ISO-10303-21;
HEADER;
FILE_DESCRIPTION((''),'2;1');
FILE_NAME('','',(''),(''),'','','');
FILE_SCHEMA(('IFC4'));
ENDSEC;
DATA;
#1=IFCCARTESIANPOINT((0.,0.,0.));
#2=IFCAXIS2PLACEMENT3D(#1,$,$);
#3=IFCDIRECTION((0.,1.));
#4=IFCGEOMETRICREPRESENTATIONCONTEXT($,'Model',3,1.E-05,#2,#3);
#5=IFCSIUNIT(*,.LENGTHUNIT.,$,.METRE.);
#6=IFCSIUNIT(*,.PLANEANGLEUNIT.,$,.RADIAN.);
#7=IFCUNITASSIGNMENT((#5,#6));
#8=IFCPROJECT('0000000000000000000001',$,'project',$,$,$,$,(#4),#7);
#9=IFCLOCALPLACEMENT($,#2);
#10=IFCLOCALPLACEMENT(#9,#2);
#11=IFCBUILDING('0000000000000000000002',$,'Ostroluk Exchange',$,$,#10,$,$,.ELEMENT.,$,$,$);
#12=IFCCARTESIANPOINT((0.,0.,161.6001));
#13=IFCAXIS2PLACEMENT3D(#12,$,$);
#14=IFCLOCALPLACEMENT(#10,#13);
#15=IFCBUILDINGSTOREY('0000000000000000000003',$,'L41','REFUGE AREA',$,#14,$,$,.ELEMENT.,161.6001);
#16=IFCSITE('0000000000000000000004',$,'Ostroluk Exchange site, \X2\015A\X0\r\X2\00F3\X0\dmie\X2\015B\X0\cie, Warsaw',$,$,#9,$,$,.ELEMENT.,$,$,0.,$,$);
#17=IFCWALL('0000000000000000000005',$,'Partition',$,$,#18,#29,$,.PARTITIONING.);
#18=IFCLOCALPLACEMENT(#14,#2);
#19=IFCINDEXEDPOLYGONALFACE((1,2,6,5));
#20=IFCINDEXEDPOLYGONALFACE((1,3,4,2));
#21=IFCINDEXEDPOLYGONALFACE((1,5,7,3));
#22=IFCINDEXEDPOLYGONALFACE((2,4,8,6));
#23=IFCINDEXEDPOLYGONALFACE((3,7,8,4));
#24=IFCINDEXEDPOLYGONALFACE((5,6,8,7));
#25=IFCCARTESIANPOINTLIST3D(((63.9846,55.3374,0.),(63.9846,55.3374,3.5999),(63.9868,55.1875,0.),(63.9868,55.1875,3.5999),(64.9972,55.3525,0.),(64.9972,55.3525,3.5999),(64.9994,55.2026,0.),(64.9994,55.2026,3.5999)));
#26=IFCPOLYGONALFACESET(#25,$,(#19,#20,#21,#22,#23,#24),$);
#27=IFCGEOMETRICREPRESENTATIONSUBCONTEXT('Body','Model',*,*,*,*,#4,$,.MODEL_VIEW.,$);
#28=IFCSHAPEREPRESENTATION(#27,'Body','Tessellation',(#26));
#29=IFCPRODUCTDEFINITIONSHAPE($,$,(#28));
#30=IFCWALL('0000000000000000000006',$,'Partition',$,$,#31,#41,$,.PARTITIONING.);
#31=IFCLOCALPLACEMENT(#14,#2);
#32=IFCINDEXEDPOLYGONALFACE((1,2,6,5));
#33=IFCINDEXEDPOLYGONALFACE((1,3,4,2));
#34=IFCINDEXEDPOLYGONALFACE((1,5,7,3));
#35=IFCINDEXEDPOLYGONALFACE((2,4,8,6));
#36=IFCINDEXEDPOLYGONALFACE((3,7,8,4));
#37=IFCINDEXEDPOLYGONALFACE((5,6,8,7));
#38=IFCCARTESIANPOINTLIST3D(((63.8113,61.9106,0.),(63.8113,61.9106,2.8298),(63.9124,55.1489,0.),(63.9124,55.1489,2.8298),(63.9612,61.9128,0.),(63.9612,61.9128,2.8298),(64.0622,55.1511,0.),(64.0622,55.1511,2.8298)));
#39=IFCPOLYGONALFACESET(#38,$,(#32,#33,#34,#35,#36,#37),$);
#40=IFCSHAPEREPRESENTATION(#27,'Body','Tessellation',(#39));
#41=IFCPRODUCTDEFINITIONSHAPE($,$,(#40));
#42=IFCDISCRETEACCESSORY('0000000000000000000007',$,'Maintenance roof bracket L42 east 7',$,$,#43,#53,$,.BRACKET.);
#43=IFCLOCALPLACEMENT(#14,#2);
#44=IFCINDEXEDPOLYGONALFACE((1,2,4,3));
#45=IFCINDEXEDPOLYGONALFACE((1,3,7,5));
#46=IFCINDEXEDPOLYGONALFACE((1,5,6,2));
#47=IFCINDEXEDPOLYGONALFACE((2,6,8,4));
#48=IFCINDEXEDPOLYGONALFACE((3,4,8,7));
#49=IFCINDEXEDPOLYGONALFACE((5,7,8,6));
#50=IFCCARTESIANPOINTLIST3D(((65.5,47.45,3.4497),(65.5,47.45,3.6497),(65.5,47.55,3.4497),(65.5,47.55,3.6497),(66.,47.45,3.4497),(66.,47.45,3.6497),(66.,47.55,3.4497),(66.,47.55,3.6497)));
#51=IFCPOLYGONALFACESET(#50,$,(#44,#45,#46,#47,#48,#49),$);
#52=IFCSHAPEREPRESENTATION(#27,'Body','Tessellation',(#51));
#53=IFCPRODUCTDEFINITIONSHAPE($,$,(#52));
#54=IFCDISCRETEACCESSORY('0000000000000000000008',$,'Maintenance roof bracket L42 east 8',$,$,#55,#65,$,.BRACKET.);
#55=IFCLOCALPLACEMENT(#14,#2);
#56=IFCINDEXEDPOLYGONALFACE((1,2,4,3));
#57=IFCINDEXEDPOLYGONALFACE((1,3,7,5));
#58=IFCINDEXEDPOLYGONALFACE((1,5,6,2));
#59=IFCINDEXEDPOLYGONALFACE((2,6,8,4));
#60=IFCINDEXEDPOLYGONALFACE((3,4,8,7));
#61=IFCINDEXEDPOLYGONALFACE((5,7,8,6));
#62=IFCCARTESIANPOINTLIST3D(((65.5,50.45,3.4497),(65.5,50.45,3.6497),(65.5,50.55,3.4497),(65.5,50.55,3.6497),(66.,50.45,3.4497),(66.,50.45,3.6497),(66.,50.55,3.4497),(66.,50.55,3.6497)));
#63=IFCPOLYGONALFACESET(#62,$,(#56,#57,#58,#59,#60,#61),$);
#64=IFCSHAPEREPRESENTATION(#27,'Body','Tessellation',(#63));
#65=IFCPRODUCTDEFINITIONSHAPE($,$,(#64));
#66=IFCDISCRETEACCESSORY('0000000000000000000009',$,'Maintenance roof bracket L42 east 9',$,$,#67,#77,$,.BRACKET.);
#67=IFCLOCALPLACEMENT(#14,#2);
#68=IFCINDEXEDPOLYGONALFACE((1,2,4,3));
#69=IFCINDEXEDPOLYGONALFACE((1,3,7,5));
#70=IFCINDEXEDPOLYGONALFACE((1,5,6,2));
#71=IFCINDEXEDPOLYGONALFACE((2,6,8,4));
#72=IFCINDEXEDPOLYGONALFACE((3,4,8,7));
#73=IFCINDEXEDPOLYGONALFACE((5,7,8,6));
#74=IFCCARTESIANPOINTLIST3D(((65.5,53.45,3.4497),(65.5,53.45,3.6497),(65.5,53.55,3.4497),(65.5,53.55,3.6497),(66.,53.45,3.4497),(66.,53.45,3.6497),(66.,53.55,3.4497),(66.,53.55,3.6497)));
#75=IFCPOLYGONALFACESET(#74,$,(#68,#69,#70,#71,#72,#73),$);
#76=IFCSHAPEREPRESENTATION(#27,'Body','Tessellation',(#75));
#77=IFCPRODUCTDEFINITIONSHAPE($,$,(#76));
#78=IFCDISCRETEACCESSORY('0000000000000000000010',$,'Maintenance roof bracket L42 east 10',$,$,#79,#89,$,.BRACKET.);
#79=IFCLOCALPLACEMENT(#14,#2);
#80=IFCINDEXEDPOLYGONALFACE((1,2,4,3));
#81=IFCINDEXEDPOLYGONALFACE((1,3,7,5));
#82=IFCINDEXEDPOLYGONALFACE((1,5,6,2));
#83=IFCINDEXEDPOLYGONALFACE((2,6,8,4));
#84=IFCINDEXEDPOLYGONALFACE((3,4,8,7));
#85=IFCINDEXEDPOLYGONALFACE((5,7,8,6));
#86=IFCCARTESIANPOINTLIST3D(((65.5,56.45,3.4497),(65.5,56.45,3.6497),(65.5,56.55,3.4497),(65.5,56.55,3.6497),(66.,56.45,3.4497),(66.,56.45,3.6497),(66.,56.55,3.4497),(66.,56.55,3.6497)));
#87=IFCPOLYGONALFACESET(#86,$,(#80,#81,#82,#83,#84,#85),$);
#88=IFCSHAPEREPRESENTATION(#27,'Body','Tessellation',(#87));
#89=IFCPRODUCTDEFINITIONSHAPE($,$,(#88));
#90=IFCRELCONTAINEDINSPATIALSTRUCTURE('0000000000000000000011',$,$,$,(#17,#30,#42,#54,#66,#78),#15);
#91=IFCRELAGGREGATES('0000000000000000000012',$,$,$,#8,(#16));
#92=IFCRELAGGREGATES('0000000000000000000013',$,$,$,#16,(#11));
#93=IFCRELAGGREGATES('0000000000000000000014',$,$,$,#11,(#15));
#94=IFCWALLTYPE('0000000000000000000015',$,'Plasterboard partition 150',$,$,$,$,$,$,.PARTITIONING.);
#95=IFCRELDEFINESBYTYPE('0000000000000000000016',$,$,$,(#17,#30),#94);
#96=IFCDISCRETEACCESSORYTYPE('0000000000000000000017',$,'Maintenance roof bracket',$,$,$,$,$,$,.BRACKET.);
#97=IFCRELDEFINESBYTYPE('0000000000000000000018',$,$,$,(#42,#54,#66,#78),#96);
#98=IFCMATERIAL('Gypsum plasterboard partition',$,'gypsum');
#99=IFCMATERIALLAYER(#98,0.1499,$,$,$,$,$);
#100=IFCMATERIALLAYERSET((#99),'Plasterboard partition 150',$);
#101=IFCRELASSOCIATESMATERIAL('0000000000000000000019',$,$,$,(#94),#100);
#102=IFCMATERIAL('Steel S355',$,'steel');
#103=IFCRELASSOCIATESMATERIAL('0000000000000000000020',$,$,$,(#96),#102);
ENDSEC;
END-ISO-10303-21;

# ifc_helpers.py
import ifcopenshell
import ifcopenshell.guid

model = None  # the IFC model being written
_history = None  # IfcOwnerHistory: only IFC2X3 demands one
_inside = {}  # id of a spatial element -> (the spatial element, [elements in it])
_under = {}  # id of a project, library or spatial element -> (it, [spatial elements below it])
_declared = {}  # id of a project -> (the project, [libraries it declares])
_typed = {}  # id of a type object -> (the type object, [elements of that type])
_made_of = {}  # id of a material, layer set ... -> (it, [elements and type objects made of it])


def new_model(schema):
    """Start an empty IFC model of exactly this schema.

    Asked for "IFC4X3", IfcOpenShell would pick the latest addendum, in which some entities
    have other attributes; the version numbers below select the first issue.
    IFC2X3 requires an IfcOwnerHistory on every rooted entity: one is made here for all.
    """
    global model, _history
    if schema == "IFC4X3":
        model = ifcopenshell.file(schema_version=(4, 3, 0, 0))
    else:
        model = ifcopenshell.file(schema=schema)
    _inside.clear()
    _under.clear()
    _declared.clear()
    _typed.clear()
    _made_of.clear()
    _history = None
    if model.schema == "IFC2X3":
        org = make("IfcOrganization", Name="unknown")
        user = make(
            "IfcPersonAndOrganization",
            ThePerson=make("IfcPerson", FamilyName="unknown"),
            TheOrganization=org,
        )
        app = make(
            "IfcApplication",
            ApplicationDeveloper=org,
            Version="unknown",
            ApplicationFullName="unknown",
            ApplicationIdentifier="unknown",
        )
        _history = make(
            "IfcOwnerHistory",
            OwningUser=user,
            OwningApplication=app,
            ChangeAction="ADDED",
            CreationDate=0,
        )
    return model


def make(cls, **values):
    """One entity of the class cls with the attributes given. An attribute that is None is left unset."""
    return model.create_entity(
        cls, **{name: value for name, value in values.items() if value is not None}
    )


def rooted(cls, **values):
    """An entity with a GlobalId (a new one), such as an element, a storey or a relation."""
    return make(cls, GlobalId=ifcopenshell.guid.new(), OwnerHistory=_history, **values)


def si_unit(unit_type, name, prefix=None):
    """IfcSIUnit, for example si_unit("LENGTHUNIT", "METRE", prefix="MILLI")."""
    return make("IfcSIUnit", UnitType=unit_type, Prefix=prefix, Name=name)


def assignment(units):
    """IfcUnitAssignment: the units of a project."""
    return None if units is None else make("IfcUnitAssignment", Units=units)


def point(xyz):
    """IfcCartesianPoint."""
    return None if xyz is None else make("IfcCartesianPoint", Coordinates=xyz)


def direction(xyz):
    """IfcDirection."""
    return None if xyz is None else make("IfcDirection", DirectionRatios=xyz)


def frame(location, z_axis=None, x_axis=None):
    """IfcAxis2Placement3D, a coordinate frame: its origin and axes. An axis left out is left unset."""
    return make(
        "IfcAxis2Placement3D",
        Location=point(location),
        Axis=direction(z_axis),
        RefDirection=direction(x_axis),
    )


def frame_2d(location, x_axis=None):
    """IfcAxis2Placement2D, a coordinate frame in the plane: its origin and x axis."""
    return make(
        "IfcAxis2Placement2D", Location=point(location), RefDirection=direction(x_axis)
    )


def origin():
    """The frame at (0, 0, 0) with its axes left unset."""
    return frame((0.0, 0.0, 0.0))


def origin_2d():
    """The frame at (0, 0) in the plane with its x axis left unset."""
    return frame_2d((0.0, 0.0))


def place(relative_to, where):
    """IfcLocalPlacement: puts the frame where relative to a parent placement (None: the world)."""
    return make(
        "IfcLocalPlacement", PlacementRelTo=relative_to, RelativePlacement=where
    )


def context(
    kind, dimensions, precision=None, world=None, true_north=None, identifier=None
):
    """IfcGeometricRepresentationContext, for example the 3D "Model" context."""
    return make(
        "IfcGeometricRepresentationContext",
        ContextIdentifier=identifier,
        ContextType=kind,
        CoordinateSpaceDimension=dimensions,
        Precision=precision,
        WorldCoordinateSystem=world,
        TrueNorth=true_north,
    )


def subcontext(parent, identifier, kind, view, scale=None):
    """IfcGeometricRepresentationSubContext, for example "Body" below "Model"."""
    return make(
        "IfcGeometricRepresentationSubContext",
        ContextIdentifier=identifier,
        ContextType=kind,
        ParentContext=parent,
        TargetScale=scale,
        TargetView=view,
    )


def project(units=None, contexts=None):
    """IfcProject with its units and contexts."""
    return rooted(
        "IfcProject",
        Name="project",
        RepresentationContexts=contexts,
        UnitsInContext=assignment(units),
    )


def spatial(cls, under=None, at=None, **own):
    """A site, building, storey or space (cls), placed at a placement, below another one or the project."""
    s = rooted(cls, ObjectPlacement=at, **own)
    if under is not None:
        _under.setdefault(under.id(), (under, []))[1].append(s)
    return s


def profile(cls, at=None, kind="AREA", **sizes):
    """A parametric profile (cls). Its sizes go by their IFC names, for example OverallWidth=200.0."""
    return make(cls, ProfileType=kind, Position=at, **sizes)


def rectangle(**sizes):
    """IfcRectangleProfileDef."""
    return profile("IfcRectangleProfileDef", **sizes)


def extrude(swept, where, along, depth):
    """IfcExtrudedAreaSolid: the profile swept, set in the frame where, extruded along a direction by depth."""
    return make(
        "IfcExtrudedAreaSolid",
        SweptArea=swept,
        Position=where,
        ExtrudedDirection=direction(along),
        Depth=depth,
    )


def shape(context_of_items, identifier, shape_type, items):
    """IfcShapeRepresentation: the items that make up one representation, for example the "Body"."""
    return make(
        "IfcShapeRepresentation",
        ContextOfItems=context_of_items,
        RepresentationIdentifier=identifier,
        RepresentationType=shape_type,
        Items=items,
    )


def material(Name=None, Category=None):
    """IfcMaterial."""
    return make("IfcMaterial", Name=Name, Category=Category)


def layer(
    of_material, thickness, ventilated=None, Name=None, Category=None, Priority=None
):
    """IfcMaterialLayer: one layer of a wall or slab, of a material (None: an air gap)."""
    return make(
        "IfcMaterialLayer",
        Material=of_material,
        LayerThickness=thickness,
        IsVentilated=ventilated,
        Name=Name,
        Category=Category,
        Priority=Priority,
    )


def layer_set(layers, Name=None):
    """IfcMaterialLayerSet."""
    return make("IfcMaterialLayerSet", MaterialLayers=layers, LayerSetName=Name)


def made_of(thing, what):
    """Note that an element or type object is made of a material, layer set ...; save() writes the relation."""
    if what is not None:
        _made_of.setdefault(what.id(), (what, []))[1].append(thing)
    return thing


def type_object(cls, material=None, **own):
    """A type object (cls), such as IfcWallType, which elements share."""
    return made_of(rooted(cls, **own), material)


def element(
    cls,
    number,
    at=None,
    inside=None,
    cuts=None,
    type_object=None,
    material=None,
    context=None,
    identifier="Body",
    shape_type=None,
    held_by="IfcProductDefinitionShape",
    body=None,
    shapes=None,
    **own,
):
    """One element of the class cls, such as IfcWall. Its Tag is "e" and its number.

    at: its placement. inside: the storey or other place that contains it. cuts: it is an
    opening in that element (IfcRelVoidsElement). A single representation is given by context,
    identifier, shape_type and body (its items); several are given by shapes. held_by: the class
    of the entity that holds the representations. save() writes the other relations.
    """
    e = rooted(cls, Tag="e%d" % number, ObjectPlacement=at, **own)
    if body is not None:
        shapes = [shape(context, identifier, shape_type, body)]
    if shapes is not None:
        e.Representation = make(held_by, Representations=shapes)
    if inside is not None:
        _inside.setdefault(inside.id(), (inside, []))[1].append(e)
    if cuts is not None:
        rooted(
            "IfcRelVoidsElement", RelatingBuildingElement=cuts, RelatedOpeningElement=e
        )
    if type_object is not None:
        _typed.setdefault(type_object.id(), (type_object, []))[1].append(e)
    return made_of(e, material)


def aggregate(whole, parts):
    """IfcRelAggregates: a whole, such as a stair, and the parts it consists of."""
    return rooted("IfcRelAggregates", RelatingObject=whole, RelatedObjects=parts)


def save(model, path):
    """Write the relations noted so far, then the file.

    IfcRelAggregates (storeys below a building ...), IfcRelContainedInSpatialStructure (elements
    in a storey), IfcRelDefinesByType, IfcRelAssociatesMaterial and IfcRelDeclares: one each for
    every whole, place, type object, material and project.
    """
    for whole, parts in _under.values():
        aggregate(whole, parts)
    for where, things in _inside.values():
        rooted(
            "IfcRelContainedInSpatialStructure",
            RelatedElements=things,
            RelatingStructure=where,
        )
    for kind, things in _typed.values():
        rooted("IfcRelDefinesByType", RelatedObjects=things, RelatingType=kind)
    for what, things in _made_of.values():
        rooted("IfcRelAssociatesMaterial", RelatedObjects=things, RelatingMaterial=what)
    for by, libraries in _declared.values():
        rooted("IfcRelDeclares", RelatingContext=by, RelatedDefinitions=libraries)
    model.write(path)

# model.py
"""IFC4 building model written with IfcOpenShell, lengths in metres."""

from ifc_helpers import new_model, si_unit, direction, frame, frame_2d, origin, origin_2d, place, context, subcontext, project, spatial, rectangle, extrude, material, layer, layer_set, type_object, element, save


model = new_model("IFC4")

# Units and contexts
model_context = context("Model", 3, precision=1e-05, world=origin(), true_north=direction((0.0, 1.0)))
body_context = subcontext(model_context, "Body", "Model", "MODEL_VIEW")
ifc_project = project(units=[si_unit("LENGTHUNIT", "METRE"), si_unit("PLANEANGLEUNIT", "RADIAN")], contexts=[model_context])

# Site, building, storey
site_placement = place(None, origin())
site = spatial("IfcSite", under=ifc_project, at=site_placement, Name="Ostroluk Exchange site, Śródmieście, Warsaw", CompositionType="ELEMENT", RefElevation=0.0)
building_placement = place(site_placement, origin())
building = spatial("IfcBuilding", under=site, at=building_placement, Name="Ostroluk Exchange", CompositionType="ELEMENT")
storey_placement = place(building_placement, frame((0.0, 0.0, 161.6001)))
storey = spatial("IfcBuildingStorey", under=building, at=storey_placement, Name="L41", Description="REFUGE AREA", CompositionType="ELEMENT", Elevation=161.6001)

# Walls
ifc_material_1 = material(Name="Gypsum plasterboard partition", Category="gypsum")
ifc_layer_1 = layer(ifc_material_1, 0.1499)
ifc_layer_set_1 = layer_set([ifc_layer_1], Name="Plasterboard partition 150")
wall_type = type_object("IfcWallType", Name="Plasterboard partition 150", PredefinedType="PARTITIONING", material=ifc_layer_set_1)
for number, where, z_axis, x_axis, name in (
    (1, (64.9983, 55.2776, 0.0), (0.0, 0.0, 1.0), (-0.999888, -0.014945, 0.0), "Partition"),
):
    element("IfcWall", number, at=place(storey_placement, frame(where, z_axis=z_axis, x_axis=x_axis)), inside=storey, type_object=wall_type, Name=name, PredefinedType="PARTITIONING", context=body_context, shape_type="SweptSolid", body=[
        extrude(rectangle(XDim=1.0127, YDim=0.1499, at=frame_2d((0.5063, 0.0))), origin(), (0.0, 0.0, 1.0), 3.5999),
    ])
wall_1_placement = place(storey_placement, frame((63.9873, 55.1499, 0.0), z_axis=(0.0, 0.0, 1.0), x_axis=(-0.014946, 0.999888, 0.0)))
element("IfcWall", 2, at=wall_1_placement, inside=storey, type_object=wall_type, Name="Partition", PredefinedType="PARTITIONING", context=body_context, shape_type="SweptSolid", body=[
    extrude(rectangle(XDim=6.7625, YDim=0.1499, at=frame_2d((3.3813, 0.0))), origin(), (0.0, 0.0, 1.0), 2.8298),
])

# Discrete accessories
ifc_material_2 = material(Name="Steel S355", Category="steel")
discrete_accessory_type = type_object("IfcDiscreteAccessoryType", Name="Maintenance roof bracket", PredefinedType="BRACKET", material=ifc_material_2)
for number, where, z_axis, x_axis, name in (
    (3, (65.75, 47.5, 3.4497), (0.0, 0.0, 1.0), (1.0, 0.0, 0.0), "Maintenance roof bracket L42 east 7"),
    (4, (65.75, 50.5, 3.4497), (0.0, 0.0, 1.0), (1.0, 0.0, 0.0), "Maintenance roof bracket L42 east 8"),
    (5, (65.75, 53.5, 3.4497), (0.0, 0.0, 1.0), (1.0, 0.0, 0.0), "Maintenance roof bracket L42 east 9"),
    (6, (65.75, 56.5, 3.4497), (0.0, 0.0, 1.0), (1.0, 0.0, 0.0), "Maintenance roof bracket L42 east 10"),
):
    element("IfcDiscreteAccessory", number, at=place(storey_placement, frame(where, z_axis=z_axis, x_axis=x_axis)), inside=storey, type_object=discrete_accessory_type, Name=name, PredefinedType="BRACKET", context=body_context, shape_type="SweptSolid", body=[
        extrude(rectangle(XDim=0.5, YDim=0.1001, at=origin_2d()), origin(), (0.0, 0.0, 1.0), 0.2),
    ])

save(model, "model.ifc")
